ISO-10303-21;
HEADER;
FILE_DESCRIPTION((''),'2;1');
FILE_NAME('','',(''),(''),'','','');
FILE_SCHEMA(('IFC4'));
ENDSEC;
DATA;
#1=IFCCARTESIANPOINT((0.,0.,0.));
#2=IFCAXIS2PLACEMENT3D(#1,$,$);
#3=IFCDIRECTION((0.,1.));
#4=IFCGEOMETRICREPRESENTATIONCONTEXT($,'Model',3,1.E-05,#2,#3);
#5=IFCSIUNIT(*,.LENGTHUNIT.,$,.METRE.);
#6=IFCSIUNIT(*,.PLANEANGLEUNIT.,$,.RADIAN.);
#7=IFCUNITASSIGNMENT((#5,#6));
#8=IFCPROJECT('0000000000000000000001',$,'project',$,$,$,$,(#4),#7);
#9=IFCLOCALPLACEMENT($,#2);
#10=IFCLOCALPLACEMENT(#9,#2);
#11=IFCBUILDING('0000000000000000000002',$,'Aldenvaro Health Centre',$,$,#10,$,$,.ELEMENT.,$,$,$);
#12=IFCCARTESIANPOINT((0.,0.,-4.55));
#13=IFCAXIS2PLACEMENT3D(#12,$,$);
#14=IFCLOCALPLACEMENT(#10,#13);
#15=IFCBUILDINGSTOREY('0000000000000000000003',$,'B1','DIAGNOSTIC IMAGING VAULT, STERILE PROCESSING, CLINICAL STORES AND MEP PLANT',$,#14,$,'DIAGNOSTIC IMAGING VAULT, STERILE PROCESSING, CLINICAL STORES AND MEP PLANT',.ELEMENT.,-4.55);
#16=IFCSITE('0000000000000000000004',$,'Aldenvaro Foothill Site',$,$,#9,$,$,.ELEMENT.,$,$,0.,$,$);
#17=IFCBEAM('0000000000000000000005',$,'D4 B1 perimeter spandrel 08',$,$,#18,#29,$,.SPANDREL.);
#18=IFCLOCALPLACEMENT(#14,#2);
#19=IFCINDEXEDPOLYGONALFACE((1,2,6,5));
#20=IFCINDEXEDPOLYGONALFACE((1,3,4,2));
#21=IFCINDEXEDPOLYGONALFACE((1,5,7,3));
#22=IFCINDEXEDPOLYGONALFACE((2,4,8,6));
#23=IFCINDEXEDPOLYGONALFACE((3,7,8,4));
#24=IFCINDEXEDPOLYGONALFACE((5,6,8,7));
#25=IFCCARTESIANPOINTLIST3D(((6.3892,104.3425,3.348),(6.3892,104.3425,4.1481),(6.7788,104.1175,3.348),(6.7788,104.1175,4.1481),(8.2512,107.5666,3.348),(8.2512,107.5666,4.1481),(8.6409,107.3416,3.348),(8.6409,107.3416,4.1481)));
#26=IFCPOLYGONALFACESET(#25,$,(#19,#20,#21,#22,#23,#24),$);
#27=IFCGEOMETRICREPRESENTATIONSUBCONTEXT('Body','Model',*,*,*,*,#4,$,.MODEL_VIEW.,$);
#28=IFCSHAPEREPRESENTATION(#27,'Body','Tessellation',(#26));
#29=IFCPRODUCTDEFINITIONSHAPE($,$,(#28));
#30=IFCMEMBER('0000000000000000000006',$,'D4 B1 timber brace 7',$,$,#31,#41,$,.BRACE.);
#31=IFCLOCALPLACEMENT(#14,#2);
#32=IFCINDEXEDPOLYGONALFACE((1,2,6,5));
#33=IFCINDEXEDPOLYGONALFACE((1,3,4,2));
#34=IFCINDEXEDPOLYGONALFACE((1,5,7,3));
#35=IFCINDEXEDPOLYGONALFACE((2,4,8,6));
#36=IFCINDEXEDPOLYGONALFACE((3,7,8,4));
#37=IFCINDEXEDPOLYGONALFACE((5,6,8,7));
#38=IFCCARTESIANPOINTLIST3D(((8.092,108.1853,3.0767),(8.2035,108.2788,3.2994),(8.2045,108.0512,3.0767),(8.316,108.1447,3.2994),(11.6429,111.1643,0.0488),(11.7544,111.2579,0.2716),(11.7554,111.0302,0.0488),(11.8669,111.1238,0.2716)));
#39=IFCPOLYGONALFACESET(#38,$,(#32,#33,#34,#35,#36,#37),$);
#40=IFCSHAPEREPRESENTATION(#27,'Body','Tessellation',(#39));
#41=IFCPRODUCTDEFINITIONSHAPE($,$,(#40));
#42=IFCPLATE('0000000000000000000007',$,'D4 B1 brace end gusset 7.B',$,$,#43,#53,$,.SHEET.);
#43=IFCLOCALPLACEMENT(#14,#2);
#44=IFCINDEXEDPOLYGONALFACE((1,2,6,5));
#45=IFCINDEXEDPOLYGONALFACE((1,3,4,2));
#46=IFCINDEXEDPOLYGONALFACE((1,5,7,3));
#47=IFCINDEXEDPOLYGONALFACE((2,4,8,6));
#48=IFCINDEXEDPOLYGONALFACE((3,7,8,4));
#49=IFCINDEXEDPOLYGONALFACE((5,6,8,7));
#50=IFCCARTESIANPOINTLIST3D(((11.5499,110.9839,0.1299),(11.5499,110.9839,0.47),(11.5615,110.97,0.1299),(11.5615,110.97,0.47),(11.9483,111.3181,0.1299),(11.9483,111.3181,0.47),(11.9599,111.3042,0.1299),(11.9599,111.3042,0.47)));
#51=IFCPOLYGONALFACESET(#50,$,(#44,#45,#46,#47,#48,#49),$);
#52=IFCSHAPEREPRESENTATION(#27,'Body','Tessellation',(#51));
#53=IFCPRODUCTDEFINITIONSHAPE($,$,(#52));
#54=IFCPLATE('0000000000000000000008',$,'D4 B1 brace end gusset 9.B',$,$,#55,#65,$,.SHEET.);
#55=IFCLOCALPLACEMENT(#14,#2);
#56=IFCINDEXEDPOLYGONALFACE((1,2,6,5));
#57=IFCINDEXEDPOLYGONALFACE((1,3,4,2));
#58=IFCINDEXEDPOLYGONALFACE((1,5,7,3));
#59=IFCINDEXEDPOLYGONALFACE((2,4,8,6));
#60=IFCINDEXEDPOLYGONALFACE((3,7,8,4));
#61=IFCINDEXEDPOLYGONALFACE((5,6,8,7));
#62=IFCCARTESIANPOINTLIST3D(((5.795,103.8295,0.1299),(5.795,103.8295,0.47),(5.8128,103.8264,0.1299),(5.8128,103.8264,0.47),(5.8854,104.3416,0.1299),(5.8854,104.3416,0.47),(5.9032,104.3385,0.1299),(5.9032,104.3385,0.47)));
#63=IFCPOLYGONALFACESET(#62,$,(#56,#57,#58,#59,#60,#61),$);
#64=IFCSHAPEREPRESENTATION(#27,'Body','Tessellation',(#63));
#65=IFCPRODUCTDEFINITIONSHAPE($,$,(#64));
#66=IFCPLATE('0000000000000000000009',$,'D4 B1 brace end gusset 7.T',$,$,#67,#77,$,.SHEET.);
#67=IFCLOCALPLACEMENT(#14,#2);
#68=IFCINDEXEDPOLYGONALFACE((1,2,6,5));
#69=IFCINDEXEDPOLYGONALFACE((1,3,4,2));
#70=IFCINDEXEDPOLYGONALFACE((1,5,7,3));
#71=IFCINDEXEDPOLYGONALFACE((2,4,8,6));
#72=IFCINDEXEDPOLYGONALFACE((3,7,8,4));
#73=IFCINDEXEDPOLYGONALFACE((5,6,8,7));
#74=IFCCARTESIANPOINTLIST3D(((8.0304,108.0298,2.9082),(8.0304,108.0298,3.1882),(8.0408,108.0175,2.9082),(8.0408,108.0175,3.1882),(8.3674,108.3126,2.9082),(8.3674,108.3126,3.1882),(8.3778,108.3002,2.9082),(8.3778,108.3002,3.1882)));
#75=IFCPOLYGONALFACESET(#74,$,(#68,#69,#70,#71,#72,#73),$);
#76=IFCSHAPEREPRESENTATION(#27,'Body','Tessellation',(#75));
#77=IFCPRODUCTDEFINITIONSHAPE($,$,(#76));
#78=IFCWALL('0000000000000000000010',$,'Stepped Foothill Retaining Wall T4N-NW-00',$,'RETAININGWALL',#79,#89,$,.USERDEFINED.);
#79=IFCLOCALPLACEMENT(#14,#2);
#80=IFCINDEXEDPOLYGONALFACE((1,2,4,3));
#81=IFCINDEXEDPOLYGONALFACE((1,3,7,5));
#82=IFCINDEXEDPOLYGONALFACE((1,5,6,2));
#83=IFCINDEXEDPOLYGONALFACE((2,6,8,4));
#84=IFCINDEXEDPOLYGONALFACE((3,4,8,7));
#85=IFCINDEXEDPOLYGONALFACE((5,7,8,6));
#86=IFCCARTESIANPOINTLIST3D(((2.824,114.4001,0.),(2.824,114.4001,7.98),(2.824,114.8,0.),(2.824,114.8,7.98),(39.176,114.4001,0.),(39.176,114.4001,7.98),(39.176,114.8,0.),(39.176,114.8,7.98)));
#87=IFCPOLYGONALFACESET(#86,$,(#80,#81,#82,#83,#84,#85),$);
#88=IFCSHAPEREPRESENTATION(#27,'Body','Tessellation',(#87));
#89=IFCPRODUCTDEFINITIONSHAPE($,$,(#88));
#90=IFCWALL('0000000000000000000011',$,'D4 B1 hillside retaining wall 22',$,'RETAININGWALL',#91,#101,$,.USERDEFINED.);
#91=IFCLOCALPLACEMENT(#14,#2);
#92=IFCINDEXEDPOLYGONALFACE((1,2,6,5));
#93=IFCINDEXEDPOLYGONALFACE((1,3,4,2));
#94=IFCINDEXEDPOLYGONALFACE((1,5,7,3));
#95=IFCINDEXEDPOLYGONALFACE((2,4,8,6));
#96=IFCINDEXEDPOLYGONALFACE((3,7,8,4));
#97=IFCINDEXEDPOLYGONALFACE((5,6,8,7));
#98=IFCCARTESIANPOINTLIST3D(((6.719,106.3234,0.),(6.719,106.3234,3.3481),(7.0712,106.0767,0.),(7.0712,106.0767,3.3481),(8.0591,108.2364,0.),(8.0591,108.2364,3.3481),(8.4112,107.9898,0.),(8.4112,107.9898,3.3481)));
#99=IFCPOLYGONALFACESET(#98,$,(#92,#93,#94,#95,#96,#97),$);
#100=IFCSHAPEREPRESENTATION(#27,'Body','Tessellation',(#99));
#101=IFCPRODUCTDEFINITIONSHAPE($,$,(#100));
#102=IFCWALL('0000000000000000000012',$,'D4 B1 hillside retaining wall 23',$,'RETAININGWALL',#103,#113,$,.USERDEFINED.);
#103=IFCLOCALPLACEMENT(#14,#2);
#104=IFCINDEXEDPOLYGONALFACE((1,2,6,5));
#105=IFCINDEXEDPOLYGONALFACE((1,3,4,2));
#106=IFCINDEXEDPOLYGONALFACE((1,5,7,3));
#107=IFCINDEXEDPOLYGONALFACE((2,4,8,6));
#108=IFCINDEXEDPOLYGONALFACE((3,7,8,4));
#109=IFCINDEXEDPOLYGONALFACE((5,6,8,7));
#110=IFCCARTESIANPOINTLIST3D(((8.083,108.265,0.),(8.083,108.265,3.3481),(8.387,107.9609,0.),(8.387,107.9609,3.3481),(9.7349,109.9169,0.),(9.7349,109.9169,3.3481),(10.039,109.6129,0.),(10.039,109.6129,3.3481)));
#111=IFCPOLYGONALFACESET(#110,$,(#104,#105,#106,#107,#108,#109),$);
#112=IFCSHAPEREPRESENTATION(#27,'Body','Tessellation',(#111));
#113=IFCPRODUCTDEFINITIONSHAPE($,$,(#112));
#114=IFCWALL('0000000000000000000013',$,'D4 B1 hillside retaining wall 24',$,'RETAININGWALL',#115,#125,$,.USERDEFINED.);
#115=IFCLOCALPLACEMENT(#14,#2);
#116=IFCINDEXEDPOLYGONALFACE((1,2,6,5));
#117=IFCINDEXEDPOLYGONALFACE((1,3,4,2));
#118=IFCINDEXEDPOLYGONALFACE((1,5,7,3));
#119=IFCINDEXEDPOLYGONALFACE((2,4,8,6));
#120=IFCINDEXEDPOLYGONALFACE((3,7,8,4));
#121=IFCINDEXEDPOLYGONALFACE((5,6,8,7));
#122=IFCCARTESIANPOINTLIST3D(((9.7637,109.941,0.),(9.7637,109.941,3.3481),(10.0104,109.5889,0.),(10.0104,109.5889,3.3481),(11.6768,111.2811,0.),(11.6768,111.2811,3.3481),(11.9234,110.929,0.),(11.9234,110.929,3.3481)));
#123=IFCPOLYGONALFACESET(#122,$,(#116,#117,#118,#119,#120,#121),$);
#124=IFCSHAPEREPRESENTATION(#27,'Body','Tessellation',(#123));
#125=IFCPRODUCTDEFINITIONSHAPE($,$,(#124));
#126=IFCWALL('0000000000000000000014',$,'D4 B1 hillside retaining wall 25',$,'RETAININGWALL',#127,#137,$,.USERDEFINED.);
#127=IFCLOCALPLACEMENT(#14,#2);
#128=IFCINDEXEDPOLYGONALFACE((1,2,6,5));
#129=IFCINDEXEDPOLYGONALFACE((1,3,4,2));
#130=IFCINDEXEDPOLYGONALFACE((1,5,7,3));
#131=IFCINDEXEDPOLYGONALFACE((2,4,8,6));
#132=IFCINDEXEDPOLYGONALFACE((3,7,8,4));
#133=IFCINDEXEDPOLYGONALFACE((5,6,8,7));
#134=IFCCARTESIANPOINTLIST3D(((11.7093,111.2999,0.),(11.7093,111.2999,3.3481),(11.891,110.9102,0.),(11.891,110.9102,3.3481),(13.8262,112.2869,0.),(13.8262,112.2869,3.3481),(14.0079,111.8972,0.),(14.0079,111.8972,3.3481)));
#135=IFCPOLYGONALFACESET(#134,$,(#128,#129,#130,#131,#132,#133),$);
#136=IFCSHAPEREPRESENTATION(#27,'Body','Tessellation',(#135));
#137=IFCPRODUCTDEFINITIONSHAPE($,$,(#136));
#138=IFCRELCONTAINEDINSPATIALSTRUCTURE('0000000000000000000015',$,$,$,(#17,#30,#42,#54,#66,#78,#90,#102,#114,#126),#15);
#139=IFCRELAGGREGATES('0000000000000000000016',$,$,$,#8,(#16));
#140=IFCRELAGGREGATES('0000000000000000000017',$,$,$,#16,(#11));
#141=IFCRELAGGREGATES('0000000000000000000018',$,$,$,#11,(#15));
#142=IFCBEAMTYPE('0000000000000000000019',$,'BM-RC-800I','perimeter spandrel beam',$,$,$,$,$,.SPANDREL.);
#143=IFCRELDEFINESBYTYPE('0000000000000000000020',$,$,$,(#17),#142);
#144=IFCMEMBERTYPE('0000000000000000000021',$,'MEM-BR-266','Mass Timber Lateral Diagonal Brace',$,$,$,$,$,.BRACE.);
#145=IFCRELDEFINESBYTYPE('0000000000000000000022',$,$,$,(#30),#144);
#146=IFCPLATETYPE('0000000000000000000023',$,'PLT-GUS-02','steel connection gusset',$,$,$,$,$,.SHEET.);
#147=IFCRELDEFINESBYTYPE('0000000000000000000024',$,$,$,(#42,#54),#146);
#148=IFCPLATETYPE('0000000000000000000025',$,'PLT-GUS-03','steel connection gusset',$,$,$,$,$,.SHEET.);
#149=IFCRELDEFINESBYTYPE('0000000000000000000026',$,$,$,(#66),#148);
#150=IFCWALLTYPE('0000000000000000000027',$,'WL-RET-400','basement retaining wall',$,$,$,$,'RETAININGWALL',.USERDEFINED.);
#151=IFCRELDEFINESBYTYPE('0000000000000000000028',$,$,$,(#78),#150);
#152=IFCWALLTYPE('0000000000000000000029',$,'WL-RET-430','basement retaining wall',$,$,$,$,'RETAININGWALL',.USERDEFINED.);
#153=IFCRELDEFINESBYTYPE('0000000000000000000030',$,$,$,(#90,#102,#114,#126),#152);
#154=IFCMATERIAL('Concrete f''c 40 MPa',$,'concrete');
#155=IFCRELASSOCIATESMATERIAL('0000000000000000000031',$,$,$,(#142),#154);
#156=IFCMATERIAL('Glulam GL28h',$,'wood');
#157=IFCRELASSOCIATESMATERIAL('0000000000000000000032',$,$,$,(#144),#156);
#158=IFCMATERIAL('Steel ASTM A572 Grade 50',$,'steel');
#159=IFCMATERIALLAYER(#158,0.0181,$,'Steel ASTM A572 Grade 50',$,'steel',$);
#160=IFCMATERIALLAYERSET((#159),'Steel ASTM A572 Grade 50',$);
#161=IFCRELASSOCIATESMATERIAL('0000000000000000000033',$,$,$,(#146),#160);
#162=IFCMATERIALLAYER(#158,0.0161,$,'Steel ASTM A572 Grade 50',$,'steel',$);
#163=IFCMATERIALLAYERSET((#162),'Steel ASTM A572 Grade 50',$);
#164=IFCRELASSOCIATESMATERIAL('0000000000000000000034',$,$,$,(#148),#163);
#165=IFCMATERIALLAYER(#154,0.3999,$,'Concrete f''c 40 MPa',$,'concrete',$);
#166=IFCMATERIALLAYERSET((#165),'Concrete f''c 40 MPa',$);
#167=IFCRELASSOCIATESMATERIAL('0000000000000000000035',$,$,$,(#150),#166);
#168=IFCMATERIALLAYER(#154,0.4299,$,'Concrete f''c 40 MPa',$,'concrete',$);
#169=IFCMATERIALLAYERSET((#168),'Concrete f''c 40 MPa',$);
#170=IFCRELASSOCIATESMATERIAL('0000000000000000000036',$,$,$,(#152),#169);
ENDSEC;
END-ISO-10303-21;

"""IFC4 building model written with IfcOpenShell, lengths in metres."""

from ifc_helpers import new_model, si_unit, direction, frame, frame_2d, origin, origin_2d, place, context, subcontext, project, spatial, rectangle, extrude, material, layer, layer_set, material_profile, profile_set, type_object, element, save


model = new_model("IFC4")

# Units and contexts
model_context = context("Model", 3, precision=1e-05, world=origin(), true_north=direction((0.0, 1.0)))
body_context = subcontext(model_context, "Body", "Model", "MODEL_VIEW")
ifc_project = project(units=[si_unit("LENGTHUNIT", "METRE"), si_unit("PLANEANGLEUNIT", "RADIAN")], contexts=[model_context])

# Site, building, storey
site_placement = place(None, origin())
site = spatial("IfcSite", under=ifc_project, at=site_placement, Name="Aldenvaro Foothill Site", CompositionType="ELEMENT", RefElevation=0.0)
building_placement = place(site_placement, origin())
building = spatial("IfcBuilding", under=site, at=building_placement, Name="Aldenvaro Health Centre", CompositionType="ELEMENT")
storey_placement = place(building_placement, frame((0.0, 0.0, -4.55)))
storey = spatial("IfcBuildingStorey", under=building, at=storey_placement, Name="B1", Description="DIAGNOSTIC IMAGING VAULT, STERILE PROCESSING, CLINICAL STORES AND MEP PLANT", LongName="DIAGNOSTIC IMAGING VAULT, STERILE PROCESSING, CLINICAL STORES AND MEP PLANT", CompositionType="ELEMENT", Elevation=-4.55)

# Shared definitions
ifc_material_1 = material(Name="Concrete f'c 40 MPa", Category="concrete")

# Beam
ifc_material_profile_1 = material_profile(ifc_material_1, rectangle(XDim=0.45, YDim=0.8, at=origin_2d()), Name="RC 450x800", Category="concrete")
ifc_profile_set_1 = profile_set([ifc_material_profile_1], Name="Concrete f'c 40 MPa")
beam_type = type_object("IfcBeamType", Name="BM-RC-800I", Description="perimeter spandrel beam", PredefinedType="SPANDREL", material=ifc_profile_set_1)
beam_1_placement = place(storey_placement, frame((8.446, 107.4541, 3.748), z_axis=(-0.500124, -0.865954, 0.0), x_axis=(0.865954, -0.500124, 0.0)))
element("IfcBeam", 1, at=beam_1_placement, inside=storey, type_object=beam_type, Name="D4 B1 perimeter spandrel 08", PredefinedType="SPANDREL", context=body_context, shape_type="SweptSolid", body=[
    extrude(rectangle(XDim=0.45, YDim=0.8, at=origin_2d()), origin(), (0.0, 0.0, 1.0), 3.7231),
])

# Member
ifc_material_2 = material(Name="Glulam GL28h", Category="wood")
ifc_material_profile_2 = material_profile(ifc_material_2, rectangle(XDim=0.175, YDim=0.2661, at=origin_2d()), Name="GL 175x266", Category="wood")
ifc_profile_set_2 = profile_set([ifc_material_profile_2], Name="Glulam GL28h")
member_type = type_object("IfcMemberType", Name="MEM-BR-266", Description="Mass Timber Lateral Diagonal Brace", PredefinedType="BRACE", material=ifc_profile_set_2)
member_placement = place(storey_placement, frame((11.7549, 111.144, 0.1602), z_axis=(-0.641367, -0.538089, 0.546908), x_axis=(0.64273, -0.766093, 0.0)))
element("IfcMember", 2, at=member_placement, inside=storey, type_object=member_type, Name="D4 B1 timber brace 7", PredefinedType="BRACE", context=body_context, shape_type="SweptSolid", body=[
    extrude(rectangle(XDim=0.175, YDim=0.2661, at=origin_2d()), origin(), (0.0, 0.0, 1.0), 5.5364),
])

# Plates
ifc_material_3 = material(Name="Steel ASTM A572 Grade 50", Category="steel")
ifc_layer_1 = layer(ifc_material_3, 0.0181, Name="Steel ASTM A572 Grade 50", Category="steel")
ifc_layer_set_1 = layer_set([ifc_layer_1], Name="Steel ASTM A572 Grade 50")
plate_type_1 = type_object("IfcPlateType", Name="PLT-GUS-02", Description="steel connection gusset", PredefinedType="SHEET", material=ifc_layer_set_1)
for number, where, z_axis, x_axis, name in (
    (3, (11.7549, 111.144, 0.1299), (0.0, 0.0, 1.0), (-0.766112, -0.642707, 0.0), "D4 B1 brace end gusset 7.B"),
    (4, (5.8491, 104.084, 0.1299), (0.0, 0.0, 1.0), (-0.173906, -0.984762, 0.0), "D4 B1 brace end gusset 9.B"),
):
    element("IfcPlate", number, at=place(storey_placement, frame(where, z_axis=z_axis, x_axis=x_axis)), inside=storey, type_object=plate_type_1, Name=name, PredefinedType="SHEET", context=body_context, shape_type="SweptSolid", body=[
        extrude(rectangle(XDim=0.52, YDim=0.0181, at=origin_2d()), origin(), (0.0, 0.0, 1.0), 0.3401),
    ])
ifc_layer_2 = layer(ifc_material_3, 0.0161, Name="Steel ASTM A572 Grade 50", Category="steel")
ifc_layer_set_2 = layer_set([ifc_layer_2], Name="Steel ASTM A572 Grade 50")
plate_type_2 = type_object("IfcPlateType", Name="PLT-GUS-03", Description="steel connection gusset", PredefinedType="SHEET", material=ifc_layer_set_2)
plate_placement = place(storey_placement, frame((8.2041, 108.165, 2.9082), z_axis=(0.0, 0.0, 1.0), x_axis=(-0.766112, -0.642707, 0.0)))
element("IfcPlate", 5, at=plate_placement, inside=storey, type_object=plate_type_2, Name="D4 B1 brace end gusset 7.T", PredefinedType="SHEET", context=body_context, shape_type="SweptSolid", body=[
    extrude(rectangle(XDim=0.4399, YDim=0.0161, at=origin_2d()), origin(), (0.0, 0.0, 1.0), 0.28),
])

# Walls
ifc_layer_3 = layer(ifc_material_1, 0.3999, Name="Concrete f'c 40 MPa", Category="concrete")
ifc_layer_set_3 = layer_set([ifc_layer_3], Name="Concrete f'c 40 MPa")
wall_type_1 = type_object("IfcWallType", Name="WL-RET-400", Description="basement retaining wall", ElementType="RETAININGWALL", PredefinedType="USERDEFINED", material=ifc_layer_set_3)
wall_1_placement = place(storey_placement, frame((2.824, 114.6001, 0.0), z_axis=(0.0, 0.0, 1.0), x_axis=(1.0, 0.0, 0.0)))
element("IfcWall", 6, at=wall_1_placement, inside=storey, type_object=wall_type_1, Name="Stepped Foothill Retaining Wall T4N-NW-00", ObjectType="RETAININGWALL", PredefinedType="USERDEFINED", context=body_context, shape_type="SweptSolid", body=[
    extrude(rectangle(XDim=36.3521, YDim=0.3999, at=frame_2d((18.176, 0.0))), origin(), (0.0, 0.0, 1.0), 7.98),
])
ifc_layer_4 = layer(ifc_material_1, 0.4299, Name="Concrete f'c 40 MPa", Category="concrete")
ifc_layer_set_4 = layer_set([ifc_layer_4], Name="Concrete f'c 40 MPa")
wall_type_2 = type_object("IfcWallType", Name="WL-RET-430", Description="basement retaining wall", ElementType="RETAININGWALL", PredefinedType="USERDEFINED", material=ifc_layer_set_4)
wall_2_placement = place(storey_placement, frame((6.895, 106.2, 0.0), z_axis=(0.0, 0.0, 1.0), x_axis=(0.573729, 0.819045, 0.0)))
element("IfcWall", 7, at=wall_2_placement, inside=storey, type_object=wall_type_2, Name="D4 B1 hillside retaining wall 22", ObjectType="RETAININGWALL", PredefinedType="USERDEFINED", context=body_context, shape_type="SweptSolid", body=[
    extrude(rectangle(XDim=2.3357, YDim=0.4299, at=frame_2d((1.168, 0.0))), origin(), (0.0, 0.0, 1.0), 3.3481),
])
wall_3_placement = place(storey_placement, frame((8.2351, 108.113, 0.0), z_axis=(0.0, 0.0, 1.0), x_axis=(0.707107, 0.707107, 0.0)))
element("IfcWall", 8, at=wall_3_placement, inside=storey, type_object=wall_type_2, Name="D4 B1 hillside retaining wall 23", ObjectType="RETAININGWALL", PredefinedType="USERDEFINED", context=body_context, shape_type="SweptSolid", body=[
    extrude(rectangle(XDim=2.3362, YDim=0.4299, at=frame_2d((1.168, 0.0))), origin(), (0.0, 0.0, 1.0), 3.3481),
])
for number, where, z_axis, x_axis, name in (
    (9, (9.887, 109.7649, 0.0), (0.0, 0.0, 1.0), (0.819045, 0.573729, 0.0), "D4 B1 hillside retaining wall 24"),
    (10, (11.8, 111.105, 0.0), (0.0, 0.0, 1.0), (0.906322, 0.422588, 0.0), "D4 B1 hillside retaining wall 25"),
):
    element("IfcWall", number, at=place(storey_placement, frame(where, z_axis=z_axis, x_axis=x_axis)), inside=storey, type_object=wall_type_2, Name=name, ObjectType="RETAININGWALL", PredefinedType="USERDEFINED", context=body_context, shape_type="SweptSolid", body=[
        extrude(rectangle(XDim=2.3357, YDim=0.4299, at=frame_2d((1.168, 0.0))), origin(), (0.0, 0.0, 1.0), 3.3481),
    ])

save(model, "model.ifc")
